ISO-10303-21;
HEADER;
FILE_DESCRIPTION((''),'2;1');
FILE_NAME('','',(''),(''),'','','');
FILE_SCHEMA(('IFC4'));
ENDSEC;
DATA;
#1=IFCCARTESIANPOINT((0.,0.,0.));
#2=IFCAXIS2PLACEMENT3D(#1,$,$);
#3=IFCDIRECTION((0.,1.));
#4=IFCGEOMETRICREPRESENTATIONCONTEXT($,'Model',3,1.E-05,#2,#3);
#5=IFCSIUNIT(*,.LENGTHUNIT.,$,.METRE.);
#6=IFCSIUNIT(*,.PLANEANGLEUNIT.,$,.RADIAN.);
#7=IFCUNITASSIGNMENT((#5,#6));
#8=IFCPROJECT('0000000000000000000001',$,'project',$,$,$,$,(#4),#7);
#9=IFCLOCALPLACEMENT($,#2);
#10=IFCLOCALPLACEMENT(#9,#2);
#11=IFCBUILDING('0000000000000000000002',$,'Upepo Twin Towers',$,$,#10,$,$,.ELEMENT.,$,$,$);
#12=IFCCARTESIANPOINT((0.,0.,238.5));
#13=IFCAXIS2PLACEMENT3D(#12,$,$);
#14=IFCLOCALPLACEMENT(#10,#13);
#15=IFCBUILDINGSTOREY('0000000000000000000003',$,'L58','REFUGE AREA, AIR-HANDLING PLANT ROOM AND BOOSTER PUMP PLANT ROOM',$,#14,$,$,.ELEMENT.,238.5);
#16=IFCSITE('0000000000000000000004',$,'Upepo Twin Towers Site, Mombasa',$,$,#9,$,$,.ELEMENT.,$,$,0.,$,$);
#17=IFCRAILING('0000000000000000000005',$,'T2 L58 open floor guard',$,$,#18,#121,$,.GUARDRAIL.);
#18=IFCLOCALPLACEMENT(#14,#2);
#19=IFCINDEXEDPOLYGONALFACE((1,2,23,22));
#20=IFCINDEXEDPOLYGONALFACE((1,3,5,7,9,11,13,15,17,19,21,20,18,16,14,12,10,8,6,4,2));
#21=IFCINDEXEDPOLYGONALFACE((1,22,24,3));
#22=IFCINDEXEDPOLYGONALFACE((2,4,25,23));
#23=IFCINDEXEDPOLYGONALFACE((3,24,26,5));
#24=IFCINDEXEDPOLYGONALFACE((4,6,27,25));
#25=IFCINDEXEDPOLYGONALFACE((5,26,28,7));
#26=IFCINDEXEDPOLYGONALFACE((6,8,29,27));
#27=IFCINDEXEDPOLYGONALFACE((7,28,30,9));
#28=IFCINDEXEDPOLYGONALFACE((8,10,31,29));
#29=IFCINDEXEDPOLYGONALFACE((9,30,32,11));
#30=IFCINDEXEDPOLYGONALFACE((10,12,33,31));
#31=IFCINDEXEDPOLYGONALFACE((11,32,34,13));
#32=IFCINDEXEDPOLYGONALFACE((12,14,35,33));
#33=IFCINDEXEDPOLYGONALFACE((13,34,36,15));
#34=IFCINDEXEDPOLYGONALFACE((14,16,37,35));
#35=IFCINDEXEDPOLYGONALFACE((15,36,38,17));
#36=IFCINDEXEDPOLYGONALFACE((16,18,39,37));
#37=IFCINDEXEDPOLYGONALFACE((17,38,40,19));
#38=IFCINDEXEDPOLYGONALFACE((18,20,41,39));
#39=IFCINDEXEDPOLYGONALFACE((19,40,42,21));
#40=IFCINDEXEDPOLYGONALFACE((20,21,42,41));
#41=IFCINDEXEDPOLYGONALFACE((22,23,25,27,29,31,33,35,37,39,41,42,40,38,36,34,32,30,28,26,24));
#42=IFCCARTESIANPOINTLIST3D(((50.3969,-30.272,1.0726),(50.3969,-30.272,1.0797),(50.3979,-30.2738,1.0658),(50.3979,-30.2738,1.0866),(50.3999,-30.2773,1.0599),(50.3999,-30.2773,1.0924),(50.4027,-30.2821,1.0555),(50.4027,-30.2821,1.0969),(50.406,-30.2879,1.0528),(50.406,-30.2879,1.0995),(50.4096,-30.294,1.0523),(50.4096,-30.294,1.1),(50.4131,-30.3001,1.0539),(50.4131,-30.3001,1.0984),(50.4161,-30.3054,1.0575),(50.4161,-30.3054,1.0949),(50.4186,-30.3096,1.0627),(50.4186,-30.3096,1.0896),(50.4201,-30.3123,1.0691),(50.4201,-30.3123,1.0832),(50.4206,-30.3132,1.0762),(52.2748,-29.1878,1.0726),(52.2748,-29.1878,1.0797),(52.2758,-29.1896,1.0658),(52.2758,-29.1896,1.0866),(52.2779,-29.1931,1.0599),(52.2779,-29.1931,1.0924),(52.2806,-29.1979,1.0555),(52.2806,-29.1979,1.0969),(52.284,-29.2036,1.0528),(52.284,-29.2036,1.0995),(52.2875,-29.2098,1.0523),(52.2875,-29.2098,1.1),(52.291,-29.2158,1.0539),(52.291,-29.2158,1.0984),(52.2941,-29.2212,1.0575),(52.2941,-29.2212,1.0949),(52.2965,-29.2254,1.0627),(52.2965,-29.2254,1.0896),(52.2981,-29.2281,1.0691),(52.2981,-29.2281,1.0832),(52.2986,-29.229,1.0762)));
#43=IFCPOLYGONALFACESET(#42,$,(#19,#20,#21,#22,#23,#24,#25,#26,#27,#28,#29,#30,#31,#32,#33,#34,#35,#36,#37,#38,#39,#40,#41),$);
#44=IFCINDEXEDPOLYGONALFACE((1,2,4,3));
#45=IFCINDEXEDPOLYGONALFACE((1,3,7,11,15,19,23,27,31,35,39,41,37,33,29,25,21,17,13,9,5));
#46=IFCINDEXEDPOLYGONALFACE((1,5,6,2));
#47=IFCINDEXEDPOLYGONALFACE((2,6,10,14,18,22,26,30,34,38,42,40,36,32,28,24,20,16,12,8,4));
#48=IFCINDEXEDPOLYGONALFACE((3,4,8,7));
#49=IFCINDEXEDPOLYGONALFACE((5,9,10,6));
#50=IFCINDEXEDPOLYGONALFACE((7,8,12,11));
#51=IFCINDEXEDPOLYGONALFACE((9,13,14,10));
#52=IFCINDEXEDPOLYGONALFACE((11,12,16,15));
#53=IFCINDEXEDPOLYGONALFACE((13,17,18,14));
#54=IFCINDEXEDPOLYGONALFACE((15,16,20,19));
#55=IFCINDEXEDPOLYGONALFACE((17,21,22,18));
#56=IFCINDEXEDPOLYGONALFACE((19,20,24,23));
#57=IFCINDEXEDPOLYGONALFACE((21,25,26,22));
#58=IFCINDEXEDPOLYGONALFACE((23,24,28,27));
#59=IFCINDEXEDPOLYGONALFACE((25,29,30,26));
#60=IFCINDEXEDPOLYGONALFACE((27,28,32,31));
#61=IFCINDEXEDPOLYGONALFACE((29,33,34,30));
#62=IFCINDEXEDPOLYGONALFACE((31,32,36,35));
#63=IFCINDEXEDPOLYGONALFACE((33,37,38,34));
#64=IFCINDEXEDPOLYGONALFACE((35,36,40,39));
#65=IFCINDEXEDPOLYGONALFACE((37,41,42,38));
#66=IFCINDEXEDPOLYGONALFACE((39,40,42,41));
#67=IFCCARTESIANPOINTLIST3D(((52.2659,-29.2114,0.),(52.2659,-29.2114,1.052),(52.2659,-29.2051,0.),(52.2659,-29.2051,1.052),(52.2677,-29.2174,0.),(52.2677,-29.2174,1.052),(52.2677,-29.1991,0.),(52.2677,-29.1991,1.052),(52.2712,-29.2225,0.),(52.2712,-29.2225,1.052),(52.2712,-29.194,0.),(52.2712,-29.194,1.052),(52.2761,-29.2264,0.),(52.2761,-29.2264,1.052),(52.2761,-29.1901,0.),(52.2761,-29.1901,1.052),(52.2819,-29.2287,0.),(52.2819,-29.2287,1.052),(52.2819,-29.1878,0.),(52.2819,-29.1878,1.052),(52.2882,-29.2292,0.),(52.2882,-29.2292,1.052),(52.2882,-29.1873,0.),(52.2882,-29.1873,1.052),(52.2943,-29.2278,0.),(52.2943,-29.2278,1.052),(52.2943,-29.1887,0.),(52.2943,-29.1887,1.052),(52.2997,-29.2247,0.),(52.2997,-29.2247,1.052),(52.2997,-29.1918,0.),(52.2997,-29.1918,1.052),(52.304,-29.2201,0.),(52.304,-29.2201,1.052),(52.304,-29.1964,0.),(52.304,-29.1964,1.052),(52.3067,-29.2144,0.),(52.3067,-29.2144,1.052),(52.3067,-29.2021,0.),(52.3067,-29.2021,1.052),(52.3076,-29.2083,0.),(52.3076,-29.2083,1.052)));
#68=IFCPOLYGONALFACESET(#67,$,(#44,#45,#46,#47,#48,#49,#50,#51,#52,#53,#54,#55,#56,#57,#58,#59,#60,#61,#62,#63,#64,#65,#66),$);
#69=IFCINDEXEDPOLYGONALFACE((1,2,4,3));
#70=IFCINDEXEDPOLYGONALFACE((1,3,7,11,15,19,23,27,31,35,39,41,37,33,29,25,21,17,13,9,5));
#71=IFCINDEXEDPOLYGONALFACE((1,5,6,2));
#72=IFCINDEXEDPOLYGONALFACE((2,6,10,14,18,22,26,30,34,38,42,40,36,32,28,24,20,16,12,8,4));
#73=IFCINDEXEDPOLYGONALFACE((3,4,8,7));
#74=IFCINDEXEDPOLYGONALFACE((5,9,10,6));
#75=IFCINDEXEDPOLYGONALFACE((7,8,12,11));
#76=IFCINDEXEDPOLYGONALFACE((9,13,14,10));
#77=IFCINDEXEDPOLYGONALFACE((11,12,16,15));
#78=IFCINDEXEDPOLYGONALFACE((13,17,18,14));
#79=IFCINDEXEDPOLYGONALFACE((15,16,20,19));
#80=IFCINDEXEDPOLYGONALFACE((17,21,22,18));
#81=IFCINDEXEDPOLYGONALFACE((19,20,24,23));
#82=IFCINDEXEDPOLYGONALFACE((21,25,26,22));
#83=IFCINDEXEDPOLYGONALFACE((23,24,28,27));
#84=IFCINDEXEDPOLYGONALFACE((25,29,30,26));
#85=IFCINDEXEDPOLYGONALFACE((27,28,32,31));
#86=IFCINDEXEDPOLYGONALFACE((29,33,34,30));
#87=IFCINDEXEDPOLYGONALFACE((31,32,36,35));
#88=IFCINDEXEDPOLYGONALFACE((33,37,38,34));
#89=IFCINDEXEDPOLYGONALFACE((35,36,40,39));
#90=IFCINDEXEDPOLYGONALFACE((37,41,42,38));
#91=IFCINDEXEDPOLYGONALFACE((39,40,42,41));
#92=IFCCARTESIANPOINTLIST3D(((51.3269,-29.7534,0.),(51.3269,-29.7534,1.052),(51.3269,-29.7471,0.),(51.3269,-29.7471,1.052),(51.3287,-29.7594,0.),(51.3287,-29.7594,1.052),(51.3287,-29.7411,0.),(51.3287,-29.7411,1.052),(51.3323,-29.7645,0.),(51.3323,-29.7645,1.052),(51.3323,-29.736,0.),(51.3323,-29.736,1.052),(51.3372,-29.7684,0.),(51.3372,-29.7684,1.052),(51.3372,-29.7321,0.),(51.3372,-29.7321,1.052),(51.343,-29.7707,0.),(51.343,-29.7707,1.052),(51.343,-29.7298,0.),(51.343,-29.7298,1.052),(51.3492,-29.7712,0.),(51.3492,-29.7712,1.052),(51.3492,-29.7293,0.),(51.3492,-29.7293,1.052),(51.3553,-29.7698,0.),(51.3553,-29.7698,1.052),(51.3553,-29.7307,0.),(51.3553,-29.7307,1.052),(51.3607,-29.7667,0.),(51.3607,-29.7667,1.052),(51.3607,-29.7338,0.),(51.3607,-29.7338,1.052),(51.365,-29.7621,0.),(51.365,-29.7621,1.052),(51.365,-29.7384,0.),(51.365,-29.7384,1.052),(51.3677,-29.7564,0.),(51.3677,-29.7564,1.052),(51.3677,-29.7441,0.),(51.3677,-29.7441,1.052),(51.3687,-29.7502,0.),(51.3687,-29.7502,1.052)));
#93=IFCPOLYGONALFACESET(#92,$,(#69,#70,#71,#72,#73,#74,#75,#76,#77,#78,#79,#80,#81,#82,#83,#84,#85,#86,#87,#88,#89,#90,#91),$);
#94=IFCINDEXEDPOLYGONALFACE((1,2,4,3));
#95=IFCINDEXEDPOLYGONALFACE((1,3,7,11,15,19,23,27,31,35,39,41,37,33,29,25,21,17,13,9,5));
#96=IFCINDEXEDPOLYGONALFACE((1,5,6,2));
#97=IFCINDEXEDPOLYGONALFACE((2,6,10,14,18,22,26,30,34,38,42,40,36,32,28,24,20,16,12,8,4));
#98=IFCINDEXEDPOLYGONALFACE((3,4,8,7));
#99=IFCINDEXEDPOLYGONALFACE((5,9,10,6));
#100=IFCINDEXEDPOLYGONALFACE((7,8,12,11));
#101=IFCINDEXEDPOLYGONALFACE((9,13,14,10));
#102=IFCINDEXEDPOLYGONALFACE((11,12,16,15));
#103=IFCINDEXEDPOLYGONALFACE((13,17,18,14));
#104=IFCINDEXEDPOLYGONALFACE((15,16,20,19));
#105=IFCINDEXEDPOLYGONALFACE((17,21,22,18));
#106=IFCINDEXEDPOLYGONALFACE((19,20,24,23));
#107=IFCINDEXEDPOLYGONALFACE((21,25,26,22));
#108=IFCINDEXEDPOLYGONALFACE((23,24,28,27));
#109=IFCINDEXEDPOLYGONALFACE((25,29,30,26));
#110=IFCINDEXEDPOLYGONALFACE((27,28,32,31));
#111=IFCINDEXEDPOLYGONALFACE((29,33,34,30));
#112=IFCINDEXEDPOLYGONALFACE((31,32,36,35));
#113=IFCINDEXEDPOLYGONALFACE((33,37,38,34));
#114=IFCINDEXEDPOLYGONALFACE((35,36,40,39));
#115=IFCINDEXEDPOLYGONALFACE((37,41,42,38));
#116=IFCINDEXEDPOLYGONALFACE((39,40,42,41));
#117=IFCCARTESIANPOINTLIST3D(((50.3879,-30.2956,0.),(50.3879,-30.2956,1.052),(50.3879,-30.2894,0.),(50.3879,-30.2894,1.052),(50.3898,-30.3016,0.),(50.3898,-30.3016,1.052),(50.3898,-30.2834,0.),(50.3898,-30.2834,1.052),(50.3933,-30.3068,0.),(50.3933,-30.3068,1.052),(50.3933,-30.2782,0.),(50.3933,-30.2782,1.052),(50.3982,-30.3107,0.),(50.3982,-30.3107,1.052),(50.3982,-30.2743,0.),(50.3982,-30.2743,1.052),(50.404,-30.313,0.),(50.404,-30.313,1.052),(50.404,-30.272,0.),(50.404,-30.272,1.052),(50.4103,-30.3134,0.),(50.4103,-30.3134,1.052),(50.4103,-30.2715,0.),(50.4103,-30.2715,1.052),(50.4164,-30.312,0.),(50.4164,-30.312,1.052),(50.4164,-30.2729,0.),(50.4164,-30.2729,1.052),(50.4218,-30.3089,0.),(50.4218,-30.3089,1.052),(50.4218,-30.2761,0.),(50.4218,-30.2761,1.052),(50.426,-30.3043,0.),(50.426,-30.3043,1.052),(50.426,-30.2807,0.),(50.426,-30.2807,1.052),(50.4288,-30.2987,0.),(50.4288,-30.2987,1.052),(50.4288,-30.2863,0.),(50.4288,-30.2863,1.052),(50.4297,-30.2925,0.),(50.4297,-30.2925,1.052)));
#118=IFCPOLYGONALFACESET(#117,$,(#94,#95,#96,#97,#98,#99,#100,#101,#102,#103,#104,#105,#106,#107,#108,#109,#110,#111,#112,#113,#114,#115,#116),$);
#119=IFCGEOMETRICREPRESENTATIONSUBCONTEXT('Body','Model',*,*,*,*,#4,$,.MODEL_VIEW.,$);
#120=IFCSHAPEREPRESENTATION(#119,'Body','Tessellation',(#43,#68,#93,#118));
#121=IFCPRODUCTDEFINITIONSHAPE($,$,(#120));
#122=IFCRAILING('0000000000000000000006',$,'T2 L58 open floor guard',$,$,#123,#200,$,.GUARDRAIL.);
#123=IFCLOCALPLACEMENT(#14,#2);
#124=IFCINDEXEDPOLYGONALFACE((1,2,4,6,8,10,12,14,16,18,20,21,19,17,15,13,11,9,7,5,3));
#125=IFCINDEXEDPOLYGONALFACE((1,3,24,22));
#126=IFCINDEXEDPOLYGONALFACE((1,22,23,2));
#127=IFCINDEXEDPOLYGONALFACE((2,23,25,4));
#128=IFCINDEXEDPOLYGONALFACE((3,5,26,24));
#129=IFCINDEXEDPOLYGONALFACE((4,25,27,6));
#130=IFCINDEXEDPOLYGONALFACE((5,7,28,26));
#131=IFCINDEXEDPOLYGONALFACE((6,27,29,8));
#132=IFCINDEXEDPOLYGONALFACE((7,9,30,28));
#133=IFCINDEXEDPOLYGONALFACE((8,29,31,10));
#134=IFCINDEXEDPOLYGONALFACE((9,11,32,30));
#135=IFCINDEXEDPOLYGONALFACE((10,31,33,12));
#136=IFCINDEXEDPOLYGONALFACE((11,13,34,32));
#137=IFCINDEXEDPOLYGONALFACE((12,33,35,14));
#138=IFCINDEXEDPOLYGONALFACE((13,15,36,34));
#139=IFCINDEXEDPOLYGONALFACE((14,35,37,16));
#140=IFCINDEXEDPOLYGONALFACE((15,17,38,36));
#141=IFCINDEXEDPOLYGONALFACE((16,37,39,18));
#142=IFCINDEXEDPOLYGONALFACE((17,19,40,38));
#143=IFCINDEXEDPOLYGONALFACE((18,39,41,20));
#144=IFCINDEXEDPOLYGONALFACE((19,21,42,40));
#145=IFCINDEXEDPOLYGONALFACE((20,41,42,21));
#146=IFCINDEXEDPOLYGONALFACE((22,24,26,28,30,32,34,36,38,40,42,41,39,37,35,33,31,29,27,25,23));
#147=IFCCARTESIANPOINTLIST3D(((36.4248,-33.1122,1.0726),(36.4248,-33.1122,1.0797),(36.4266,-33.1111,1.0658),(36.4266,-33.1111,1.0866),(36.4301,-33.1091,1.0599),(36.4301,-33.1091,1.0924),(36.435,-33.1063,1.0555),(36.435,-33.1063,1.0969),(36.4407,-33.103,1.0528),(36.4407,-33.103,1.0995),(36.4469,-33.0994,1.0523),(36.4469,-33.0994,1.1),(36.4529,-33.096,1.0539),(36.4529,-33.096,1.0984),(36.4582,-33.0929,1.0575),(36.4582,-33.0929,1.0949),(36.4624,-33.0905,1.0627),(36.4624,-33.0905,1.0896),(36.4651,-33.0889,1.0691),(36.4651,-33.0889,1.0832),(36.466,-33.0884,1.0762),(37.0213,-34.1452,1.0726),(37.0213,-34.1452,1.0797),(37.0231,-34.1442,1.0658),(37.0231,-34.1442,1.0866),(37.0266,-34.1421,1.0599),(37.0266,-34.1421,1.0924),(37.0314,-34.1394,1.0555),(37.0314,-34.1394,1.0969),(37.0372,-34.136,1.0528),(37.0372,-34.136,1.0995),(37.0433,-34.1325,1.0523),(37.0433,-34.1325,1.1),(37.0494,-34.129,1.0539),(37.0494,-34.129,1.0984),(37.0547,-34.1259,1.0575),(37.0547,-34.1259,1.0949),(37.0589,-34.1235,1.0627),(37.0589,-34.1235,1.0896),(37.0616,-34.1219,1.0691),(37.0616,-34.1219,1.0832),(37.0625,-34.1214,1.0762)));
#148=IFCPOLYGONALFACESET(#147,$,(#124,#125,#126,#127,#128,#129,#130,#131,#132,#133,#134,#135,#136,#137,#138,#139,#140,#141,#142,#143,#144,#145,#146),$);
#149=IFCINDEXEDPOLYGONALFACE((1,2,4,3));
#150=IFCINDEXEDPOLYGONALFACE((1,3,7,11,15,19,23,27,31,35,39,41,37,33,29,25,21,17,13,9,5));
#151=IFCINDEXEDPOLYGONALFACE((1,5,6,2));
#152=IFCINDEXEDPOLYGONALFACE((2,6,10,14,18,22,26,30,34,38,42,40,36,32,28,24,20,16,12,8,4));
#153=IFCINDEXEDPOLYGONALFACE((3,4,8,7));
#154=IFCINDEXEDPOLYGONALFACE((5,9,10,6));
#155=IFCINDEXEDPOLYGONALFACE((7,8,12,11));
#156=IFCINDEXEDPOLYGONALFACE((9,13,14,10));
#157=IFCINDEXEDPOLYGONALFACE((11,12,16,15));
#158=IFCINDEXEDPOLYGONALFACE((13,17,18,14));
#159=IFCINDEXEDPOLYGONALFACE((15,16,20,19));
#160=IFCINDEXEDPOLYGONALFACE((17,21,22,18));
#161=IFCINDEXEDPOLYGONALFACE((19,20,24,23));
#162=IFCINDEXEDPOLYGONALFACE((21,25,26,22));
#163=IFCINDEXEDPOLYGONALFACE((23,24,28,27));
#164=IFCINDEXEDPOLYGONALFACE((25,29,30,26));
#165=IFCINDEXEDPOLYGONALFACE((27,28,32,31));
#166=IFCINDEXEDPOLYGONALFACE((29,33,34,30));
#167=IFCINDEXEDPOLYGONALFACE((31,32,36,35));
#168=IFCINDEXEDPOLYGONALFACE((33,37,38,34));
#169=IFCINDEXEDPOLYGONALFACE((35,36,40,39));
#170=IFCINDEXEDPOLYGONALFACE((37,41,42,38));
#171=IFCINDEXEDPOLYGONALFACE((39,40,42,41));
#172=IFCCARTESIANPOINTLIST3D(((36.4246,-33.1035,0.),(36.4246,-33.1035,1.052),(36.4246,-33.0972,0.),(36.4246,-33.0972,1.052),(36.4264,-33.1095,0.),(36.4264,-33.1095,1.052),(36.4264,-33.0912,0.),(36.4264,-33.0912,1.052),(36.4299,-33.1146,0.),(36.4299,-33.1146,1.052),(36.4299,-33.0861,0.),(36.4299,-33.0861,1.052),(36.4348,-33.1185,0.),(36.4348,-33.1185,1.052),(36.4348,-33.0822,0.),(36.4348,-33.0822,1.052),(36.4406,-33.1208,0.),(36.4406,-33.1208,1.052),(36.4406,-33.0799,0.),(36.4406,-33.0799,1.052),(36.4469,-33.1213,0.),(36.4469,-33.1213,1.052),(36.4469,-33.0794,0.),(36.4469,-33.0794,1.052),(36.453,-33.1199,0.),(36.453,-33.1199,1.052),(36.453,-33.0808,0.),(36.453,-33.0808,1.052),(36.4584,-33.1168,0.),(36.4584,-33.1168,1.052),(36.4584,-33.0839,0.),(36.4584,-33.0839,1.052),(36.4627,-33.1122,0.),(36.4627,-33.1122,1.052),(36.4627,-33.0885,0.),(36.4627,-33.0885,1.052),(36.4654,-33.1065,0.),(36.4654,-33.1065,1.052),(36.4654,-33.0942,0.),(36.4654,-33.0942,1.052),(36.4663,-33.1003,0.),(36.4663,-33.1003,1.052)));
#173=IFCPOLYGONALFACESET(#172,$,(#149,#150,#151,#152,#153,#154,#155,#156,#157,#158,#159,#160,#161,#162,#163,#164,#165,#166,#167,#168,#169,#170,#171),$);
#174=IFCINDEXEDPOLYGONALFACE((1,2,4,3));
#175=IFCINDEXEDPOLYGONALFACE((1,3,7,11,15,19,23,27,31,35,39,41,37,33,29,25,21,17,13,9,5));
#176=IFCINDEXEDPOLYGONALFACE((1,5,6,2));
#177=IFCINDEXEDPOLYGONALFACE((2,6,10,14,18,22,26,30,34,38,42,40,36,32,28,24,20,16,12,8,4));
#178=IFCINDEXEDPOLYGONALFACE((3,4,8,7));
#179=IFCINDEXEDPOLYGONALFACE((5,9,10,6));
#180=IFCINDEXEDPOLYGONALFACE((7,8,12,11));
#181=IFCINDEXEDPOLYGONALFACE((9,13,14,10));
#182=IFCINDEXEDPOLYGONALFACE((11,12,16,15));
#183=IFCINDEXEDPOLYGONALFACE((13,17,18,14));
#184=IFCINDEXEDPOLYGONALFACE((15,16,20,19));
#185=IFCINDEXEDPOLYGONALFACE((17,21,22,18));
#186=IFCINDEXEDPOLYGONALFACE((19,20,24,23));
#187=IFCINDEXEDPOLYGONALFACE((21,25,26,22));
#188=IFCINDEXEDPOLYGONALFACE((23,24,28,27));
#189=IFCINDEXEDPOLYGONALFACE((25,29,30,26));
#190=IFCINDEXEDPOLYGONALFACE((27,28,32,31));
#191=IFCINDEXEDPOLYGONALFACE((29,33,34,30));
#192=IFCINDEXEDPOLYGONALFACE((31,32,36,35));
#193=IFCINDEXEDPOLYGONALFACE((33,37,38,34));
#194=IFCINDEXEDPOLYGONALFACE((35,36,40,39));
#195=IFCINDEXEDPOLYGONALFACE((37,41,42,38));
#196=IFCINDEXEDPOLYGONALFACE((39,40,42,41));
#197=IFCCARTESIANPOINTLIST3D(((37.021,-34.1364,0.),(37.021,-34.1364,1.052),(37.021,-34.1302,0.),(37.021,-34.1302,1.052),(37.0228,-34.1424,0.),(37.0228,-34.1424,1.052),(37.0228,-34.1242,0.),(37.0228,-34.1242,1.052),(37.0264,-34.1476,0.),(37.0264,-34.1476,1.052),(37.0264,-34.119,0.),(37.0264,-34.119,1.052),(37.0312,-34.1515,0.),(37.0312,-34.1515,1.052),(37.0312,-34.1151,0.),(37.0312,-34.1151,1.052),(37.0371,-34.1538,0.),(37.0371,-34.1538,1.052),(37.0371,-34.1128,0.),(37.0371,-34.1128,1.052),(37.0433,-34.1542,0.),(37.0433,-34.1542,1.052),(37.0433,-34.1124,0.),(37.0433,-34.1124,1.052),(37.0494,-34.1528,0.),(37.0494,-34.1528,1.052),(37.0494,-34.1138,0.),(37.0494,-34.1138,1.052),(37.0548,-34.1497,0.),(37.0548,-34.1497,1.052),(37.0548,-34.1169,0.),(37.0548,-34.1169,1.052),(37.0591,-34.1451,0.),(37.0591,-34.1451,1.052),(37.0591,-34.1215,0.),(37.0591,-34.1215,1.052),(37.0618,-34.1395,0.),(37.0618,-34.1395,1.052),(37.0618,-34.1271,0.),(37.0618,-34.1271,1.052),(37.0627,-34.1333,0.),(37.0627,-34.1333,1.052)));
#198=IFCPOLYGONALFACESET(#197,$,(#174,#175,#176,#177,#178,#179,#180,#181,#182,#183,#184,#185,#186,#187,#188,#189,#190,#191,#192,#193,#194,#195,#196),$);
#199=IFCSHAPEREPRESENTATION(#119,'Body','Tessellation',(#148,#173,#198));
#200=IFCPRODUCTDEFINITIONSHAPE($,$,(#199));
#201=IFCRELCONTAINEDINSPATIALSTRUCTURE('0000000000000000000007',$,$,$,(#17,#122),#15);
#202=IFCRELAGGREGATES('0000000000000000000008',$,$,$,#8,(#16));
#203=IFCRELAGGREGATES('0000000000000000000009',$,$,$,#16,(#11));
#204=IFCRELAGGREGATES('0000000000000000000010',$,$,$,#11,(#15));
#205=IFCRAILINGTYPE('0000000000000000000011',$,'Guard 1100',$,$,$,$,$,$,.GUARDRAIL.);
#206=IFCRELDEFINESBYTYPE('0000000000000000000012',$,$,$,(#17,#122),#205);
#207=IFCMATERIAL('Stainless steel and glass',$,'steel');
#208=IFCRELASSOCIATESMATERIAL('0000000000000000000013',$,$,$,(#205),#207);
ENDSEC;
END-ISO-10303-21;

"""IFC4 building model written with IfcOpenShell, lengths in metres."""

from ifc_helpers import new_model, si_unit, direction, frame, origin, origin_2d, place, context, subcontext, project, spatial, circle, extrude, material, type_object, element, save


model = new_model("IFC4")

# Units and contexts
model_context = context("Model", 3, precision=1e-05, world=origin(), true_north=direction((0.0, 1.0)))
body_context = subcontext(model_context, "Body", "Model", "MODEL_VIEW")
ifc_project = project(units=[si_unit("LENGTHUNIT", "METRE"), si_unit("PLANEANGLEUNIT", "RADIAN")], contexts=[model_context])

# Site, building, storey
site_placement = place(None, origin())
site = spatial("IfcSite", under=ifc_project, at=site_placement, Name="Upepo Twin Towers Site, Mombasa", CompositionType="ELEMENT", RefElevation=0.0)
building_placement = place(site_placement, origin())
building = spatial("IfcBuilding", under=site, at=building_placement, Name="Upepo Twin Towers", CompositionType="ELEMENT")
storey_placement = place(building_placement, frame((0.0, 0.0, 238.5)))
storey = spatial("IfcBuildingStorey", under=building, at=storey_placement, Name="L58", Description="REFUGE AREA, AIR-HANDLING PLANT ROOM AND BOOSTER PUMP PLANT ROOM", CompositionType="ELEMENT", Elevation=238.5)

# Railings
ifc_material_1 = material(Name="Stainless steel and glass", Category="steel")
railing_type = type_object("IfcRailingType", Name="Guard 1100", PredefinedType="GUARDRAIL", material=ifc_material_1)
railing_1_placement = place(storey_placement, frame((52.2866, -29.2083, 0.0)))
element("IfcRailing", 1, at=railing_1_placement, inside=storey, type_object=railing_type, Name="T2 L58 open floor guard", PredefinedType="GUARDRAIL", context=body_context, shape_type="SweptSolid", body=[
    extrude(circle(Radius=0.0239, at=origin_2d()), frame((0.0, 0.0, 1.0762), z_axis=(-0.866024, -0.500002, 0.0), x_axis=(0.500002, -0.866024, 0.0)), (0.0, 0.0, 1.0), 2.1685),
    extrude(circle(Radius=0.021, at=origin_2d()), origin(), (0.0, 0.0, 1.0), 1.052),
    extrude(circle(Radius=0.021, at=origin_2d()), frame((-0.939, -0.542, 0.0)), (0.0, 0.0, 1.0), 1.052),
    extrude(circle(Radius=0.021, at=origin_2d()), frame((-1.8779, -1.0842, 0.0)), (0.0, 0.0, 1.0), 1.052),
])
railing_2_placement = place(storey_placement, frame((36.4453, -33.1003, 0.0)))
element("IfcRailing", 2, at=railing_2_placement, inside=storey, type_object=railing_type, Name="T2 L58 open floor guard", PredefinedType="GUARDRAIL", context=body_context, shape_type="SweptSolid", body=[
    extrude(circle(Radius=0.0239, at=origin_2d()), frame((0.0, 0.0, 1.0762), z_axis=(0.500035, -0.866005, 0.0), x_axis=(0.866005, 0.500035, 0.0)), (0.0, 0.0, 1.0), 1.1929),
    extrude(circle(Radius=0.021, at=origin_2d()), origin(), (0.0, 0.0, 1.0), 1.052),
    extrude(circle(Radius=0.021, at=origin_2d()), frame((0.5964, -1.033, 0.0)), (0.0, 0.0, 1.0), 1.052),
])

save(model, "model.ifc")
